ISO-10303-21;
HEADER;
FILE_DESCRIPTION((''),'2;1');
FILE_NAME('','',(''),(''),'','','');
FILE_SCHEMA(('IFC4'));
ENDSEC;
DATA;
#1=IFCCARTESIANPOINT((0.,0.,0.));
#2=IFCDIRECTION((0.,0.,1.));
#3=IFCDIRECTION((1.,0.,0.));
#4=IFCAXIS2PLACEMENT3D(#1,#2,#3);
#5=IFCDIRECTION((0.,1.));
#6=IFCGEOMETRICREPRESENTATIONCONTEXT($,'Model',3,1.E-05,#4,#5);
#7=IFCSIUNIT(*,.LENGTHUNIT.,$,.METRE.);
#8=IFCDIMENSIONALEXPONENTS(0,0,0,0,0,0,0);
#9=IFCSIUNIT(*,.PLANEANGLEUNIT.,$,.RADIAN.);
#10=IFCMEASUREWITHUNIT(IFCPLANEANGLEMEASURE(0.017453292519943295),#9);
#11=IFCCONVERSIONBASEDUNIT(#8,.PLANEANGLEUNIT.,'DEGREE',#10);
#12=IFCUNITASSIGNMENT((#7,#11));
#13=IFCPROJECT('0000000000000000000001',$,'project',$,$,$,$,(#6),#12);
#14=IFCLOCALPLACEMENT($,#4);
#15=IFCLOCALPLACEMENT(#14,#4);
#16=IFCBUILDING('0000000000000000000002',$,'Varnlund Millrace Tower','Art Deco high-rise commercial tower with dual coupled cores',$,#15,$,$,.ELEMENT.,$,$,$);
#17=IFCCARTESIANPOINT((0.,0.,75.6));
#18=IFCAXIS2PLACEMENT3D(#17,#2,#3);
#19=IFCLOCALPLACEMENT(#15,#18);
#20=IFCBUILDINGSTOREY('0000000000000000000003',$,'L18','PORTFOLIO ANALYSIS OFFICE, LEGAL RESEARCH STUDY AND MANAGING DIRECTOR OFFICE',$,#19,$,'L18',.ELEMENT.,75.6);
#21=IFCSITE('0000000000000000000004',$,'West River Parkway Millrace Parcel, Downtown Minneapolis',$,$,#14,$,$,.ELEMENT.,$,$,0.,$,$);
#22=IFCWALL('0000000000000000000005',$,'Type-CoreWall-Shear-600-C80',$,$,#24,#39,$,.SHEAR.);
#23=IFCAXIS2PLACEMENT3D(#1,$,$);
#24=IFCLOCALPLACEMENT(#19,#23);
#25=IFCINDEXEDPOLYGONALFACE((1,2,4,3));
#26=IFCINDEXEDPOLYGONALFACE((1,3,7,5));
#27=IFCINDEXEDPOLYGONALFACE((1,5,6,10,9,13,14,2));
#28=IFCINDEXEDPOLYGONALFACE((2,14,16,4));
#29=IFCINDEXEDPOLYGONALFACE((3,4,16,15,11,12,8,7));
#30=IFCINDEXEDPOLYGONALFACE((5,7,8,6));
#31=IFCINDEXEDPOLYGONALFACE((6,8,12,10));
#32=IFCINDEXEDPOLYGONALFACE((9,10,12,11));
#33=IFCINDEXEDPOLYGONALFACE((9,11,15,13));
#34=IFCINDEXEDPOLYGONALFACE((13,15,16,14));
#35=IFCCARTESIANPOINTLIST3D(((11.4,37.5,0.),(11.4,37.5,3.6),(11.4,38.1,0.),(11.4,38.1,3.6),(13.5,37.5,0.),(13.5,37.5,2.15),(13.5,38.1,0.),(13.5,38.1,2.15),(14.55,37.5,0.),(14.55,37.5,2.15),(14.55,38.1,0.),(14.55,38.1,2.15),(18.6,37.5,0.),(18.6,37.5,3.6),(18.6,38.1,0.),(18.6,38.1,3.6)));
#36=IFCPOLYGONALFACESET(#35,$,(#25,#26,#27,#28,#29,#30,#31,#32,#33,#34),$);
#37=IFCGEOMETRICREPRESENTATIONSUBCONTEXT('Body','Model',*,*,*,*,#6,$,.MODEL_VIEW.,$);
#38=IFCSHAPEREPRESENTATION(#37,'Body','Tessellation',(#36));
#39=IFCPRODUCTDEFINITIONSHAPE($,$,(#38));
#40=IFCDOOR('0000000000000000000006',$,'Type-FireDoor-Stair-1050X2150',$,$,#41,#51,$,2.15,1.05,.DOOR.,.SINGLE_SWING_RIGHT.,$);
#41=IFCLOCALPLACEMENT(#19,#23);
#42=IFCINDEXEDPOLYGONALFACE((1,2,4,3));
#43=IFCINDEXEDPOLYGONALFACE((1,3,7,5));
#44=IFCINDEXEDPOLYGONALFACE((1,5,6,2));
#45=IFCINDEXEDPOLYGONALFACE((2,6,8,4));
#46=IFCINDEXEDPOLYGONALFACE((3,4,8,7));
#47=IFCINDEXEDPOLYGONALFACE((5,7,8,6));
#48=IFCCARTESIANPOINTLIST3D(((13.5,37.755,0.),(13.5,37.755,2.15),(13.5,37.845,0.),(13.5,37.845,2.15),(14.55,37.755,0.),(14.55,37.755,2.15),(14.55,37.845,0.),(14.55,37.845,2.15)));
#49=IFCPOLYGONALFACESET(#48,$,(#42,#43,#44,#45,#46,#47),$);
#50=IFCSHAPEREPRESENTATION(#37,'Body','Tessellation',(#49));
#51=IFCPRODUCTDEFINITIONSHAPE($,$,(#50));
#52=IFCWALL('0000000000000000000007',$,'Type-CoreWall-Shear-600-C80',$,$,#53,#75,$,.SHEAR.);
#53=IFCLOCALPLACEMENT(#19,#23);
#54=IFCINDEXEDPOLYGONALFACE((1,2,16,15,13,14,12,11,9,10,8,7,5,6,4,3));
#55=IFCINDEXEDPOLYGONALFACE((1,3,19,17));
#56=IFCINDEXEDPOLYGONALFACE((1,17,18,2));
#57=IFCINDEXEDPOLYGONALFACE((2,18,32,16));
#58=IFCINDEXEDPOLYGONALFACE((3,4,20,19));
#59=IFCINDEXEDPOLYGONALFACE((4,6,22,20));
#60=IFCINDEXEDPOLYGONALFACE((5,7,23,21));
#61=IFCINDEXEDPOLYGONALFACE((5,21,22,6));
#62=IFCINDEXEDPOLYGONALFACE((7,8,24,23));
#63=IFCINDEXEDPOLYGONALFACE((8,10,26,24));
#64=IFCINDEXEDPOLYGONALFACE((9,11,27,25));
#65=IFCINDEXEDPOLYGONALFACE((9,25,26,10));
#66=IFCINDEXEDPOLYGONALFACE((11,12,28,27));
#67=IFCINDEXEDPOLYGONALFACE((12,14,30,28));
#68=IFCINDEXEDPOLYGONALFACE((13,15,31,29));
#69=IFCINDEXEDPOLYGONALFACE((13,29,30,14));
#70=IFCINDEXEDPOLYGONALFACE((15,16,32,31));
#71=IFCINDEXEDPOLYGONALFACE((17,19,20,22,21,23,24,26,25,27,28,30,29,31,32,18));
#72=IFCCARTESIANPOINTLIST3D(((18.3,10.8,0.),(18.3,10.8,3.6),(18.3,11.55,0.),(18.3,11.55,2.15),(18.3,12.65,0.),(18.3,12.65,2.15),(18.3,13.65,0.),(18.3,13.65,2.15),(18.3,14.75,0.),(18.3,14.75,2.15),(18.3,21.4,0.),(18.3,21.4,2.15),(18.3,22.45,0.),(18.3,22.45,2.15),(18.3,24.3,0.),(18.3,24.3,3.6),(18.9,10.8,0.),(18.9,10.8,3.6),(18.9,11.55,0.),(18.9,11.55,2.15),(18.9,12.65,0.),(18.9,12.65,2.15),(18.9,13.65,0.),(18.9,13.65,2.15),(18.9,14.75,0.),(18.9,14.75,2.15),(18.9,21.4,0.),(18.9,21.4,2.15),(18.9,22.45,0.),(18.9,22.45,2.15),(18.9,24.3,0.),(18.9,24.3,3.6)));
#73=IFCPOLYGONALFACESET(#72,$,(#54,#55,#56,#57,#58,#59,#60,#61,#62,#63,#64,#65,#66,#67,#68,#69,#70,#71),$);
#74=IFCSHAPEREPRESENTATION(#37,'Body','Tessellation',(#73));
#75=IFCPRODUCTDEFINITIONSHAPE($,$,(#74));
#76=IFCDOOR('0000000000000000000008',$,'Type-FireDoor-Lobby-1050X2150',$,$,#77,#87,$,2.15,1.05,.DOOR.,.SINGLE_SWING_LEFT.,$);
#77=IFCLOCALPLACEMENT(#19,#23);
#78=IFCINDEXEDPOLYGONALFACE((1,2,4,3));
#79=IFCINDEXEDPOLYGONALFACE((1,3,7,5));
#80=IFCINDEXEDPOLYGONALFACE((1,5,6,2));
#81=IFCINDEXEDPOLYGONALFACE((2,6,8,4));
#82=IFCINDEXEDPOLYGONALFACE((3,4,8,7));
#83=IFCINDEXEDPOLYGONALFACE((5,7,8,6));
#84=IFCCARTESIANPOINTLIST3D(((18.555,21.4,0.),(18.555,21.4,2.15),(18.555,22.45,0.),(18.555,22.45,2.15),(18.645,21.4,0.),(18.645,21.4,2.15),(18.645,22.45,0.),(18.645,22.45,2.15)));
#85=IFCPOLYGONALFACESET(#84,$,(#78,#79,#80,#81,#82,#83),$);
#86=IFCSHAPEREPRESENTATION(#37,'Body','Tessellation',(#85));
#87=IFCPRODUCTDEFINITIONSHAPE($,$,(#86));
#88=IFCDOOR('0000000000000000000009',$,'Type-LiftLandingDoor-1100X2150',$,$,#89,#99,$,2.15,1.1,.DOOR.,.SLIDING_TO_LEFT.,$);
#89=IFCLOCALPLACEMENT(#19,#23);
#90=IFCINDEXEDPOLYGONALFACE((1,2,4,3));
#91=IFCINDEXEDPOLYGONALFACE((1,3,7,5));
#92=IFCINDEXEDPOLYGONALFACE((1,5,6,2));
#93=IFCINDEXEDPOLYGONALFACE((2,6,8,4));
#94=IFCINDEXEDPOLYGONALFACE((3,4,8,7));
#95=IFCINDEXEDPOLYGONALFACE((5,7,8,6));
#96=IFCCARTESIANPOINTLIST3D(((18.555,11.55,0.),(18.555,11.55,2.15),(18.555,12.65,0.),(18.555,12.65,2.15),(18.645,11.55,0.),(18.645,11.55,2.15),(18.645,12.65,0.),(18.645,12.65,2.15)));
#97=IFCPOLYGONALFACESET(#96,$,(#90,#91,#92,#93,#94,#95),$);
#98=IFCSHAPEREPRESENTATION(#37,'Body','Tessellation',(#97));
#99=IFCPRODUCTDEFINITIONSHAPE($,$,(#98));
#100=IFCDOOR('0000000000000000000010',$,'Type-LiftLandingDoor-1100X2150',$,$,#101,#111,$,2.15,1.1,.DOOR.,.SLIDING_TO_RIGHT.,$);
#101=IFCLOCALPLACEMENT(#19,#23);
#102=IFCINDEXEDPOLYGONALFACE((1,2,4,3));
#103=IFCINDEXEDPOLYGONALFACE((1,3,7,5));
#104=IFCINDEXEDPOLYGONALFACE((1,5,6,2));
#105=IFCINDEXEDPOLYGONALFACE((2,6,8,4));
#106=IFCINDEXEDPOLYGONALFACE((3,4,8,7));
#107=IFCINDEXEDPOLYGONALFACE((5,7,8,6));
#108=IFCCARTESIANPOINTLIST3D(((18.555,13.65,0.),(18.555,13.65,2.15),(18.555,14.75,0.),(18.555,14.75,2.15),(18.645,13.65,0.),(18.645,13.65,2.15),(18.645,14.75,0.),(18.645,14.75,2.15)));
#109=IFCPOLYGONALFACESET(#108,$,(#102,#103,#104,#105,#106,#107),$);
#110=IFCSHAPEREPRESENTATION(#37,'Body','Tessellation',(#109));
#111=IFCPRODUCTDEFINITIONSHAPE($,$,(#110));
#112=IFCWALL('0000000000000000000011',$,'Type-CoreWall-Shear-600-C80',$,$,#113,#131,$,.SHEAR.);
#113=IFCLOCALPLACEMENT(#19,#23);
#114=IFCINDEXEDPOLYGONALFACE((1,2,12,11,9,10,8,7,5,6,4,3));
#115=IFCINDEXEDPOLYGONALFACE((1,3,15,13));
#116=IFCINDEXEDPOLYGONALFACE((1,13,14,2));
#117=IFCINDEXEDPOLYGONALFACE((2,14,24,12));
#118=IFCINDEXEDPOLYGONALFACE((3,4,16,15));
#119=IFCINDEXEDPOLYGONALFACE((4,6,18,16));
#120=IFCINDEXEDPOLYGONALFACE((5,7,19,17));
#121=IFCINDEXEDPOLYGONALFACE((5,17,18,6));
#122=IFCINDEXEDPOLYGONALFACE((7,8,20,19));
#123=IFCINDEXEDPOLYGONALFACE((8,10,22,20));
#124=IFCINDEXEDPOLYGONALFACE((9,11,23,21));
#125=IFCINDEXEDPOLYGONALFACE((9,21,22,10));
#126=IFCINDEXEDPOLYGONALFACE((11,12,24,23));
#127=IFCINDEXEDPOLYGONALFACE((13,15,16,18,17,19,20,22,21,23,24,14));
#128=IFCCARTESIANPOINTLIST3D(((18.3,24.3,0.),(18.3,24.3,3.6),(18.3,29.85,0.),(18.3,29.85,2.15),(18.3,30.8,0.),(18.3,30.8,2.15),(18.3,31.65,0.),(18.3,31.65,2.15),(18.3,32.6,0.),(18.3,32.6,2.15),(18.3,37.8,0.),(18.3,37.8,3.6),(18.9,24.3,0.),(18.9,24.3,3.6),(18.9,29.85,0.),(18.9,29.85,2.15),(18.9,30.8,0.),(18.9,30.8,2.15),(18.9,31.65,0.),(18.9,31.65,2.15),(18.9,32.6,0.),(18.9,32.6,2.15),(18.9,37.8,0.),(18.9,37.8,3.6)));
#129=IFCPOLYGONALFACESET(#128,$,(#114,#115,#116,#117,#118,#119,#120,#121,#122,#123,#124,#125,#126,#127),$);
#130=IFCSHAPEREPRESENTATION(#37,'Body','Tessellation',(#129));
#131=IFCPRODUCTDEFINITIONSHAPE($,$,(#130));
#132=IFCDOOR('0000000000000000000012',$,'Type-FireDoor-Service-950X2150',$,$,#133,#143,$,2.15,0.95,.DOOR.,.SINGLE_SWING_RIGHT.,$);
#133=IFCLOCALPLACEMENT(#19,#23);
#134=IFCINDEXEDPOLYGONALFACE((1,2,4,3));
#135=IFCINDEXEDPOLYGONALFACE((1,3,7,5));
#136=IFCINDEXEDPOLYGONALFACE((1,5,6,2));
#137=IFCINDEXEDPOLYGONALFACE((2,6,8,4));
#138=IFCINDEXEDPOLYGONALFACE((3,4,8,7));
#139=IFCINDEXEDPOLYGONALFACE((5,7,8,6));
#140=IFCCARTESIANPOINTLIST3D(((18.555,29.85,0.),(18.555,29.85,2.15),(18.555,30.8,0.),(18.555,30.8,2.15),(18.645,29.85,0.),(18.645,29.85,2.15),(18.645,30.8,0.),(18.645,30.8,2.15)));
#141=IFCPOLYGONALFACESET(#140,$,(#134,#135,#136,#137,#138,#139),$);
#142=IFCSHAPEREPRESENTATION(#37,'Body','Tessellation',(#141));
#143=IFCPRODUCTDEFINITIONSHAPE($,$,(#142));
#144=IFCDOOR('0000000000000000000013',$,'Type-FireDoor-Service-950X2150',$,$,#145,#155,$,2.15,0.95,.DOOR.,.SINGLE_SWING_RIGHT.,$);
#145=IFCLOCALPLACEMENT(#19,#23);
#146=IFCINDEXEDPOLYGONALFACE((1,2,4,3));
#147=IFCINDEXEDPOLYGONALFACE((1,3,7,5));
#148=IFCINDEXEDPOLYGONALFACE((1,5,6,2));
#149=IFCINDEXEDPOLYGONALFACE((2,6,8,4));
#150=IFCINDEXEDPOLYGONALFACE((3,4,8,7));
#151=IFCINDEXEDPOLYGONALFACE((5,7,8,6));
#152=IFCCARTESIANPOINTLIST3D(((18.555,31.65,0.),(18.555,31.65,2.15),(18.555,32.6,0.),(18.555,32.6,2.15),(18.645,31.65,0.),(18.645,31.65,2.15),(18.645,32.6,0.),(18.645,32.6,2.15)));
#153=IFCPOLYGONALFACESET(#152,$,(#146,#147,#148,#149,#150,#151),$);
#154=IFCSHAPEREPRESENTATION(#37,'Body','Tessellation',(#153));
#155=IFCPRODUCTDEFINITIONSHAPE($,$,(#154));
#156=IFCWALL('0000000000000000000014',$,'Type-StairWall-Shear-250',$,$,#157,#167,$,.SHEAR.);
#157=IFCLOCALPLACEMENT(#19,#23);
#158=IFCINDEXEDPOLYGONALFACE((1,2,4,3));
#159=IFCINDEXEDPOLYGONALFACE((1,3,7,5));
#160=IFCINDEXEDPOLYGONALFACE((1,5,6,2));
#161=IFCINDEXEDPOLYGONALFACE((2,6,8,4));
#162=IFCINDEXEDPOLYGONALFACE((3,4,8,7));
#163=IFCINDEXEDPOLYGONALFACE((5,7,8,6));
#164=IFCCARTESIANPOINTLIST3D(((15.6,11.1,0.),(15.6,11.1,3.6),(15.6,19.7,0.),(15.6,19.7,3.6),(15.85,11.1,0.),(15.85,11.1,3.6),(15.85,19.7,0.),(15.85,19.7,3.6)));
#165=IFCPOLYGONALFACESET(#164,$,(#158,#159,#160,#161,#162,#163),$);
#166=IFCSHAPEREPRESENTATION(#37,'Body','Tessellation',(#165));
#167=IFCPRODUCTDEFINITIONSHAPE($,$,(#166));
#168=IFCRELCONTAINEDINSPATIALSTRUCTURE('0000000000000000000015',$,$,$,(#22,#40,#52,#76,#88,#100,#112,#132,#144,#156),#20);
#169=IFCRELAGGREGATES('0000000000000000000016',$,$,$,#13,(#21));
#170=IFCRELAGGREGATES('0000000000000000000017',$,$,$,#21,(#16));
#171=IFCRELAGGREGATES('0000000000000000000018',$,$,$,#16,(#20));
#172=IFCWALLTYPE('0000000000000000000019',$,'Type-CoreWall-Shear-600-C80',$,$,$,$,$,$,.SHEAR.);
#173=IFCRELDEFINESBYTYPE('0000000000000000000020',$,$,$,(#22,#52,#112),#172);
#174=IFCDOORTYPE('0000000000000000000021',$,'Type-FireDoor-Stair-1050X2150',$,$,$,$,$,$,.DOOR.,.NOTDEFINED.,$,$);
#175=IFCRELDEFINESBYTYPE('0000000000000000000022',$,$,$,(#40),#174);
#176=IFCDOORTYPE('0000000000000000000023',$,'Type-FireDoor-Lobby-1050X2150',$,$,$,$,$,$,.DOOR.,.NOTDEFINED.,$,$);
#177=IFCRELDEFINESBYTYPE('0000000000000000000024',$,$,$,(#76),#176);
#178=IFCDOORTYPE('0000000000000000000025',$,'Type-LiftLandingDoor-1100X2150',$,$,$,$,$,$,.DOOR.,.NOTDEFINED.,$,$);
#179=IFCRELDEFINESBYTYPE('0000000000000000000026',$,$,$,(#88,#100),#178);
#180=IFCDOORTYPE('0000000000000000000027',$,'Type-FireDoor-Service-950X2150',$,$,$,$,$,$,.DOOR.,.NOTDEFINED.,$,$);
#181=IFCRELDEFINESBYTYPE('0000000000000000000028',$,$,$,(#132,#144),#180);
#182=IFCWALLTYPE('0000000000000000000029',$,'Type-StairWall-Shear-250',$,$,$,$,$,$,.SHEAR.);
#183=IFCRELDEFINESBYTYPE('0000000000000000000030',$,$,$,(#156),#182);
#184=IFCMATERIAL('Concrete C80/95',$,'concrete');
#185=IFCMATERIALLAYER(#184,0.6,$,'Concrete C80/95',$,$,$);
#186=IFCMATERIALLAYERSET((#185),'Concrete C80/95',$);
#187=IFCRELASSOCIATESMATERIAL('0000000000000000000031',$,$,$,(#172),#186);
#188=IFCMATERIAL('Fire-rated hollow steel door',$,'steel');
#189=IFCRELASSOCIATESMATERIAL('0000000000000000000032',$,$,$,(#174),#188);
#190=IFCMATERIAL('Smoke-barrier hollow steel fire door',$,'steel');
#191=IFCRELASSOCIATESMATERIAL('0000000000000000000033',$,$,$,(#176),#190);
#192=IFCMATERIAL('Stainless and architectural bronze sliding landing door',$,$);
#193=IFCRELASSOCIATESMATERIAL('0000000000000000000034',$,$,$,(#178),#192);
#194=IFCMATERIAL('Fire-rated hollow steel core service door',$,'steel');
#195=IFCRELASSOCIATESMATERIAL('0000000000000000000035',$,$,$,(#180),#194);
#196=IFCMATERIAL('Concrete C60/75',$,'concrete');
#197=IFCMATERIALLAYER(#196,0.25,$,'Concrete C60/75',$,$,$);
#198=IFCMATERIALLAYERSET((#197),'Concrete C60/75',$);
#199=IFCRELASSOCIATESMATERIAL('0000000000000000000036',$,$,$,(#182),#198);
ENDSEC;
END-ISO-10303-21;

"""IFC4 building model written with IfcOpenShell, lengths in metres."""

from ifc_helpers import new_model, entity, si_unit, converted_unit, direction, frame, origin_with_axes, origin_2d_with_axis, place, context, subcontext, project, spatial, polyline, rectangle, outline, extrude, material, layer, layer_set, type_object, element, fill, save


model = new_model("IFC4")

# Units and contexts
model_context = context("Model", 3, precision=1e-05, world=origin_with_axes(), true_north=direction((0.0, 1.0)))
body_context = subcontext(model_context, "Body", "Model", "MODEL_VIEW")
ifc_project = project(units=[si_unit("LENGTHUNIT", "METRE"), converted_unit("PLANEANGLEUNIT", "DEGREE", entity("IfcPlaneAngleMeasure", 0.017453292519943295), si_unit("PLANEANGLEUNIT", "RADIAN"), dimensions=[0, 0, 0, 0, 0, 0, 0])], contexts=[model_context])

# Site, building, storey
site_placement = place(None, origin_with_axes())
site = spatial("IfcSite", under=ifc_project, at=site_placement, Name="West River Parkway Millrace Parcel, Downtown Minneapolis", CompositionType="ELEMENT", RefElevation=0.0)
building_placement = place(site_placement, origin_with_axes())
building = spatial("IfcBuilding", under=site, at=building_placement, Name="Varnlund Millrace Tower", Description="Art Deco high-rise commercial tower with dual coupled cores", CompositionType="ELEMENT")
storey_placement = place(building_placement, frame((0.0, 0.0, 75.6), z_axis=(0.0, 0.0, 1.0), x_axis=(1.0, 0.0, 0.0)))
storey = spatial("IfcBuildingStorey", under=building, at=storey_placement, Name="L18", Description="PORTFOLIO ANALYSIS OFFICE, LEGAL RESEARCH STUDY AND MANAGING DIRECTOR OFFICE", LongName="L18", CompositionType="ELEMENT", Elevation=75.6)

# Shared definitions
ifc_material_1 = material(Name="Concrete C60/75", Category="concrete")

# Shared definitions
ifc_material_2 = material(Name="Concrete C80/95", Category="concrete")
ifc_layer_1 = layer(ifc_material_2, 0.6, Name="Concrete C80/95")
ifc_layer_set_1 = layer_set([ifc_layer_1], Name="Concrete C80/95")
wall_type_1 = type_object("IfcWallType", Name="Type-CoreWall-Shear-600-C80", PredefinedType="SHEAR", material=ifc_layer_set_1)

# Wall, opening, door
ifc_material_3 = material(Name="Fire-rated hollow steel door", Category="steel")
door_type_1 = type_object("IfcDoorType", Name="Type-FireDoor-Stair-1050X2150", OperationType="NOTDEFINED", PredefinedType="DOOR", material=ifc_material_3)
wall_1_placement = place(storey_placement, frame((11.4, 37.8, 0.0), z_axis=(0.0, 0.0, 1.0), x_axis=(1.0, 0.0, 0.0)))
wall_1 = element("IfcWall", 1, at=wall_1_placement, inside=storey, type_object=wall_type_1, Name="Type-CoreWall-Shear-600-C80", PredefinedType="SHEAR", context=body_context, shape_type="SweptSolid", body=[
    extrude(outline(polyline([(0.0, -0.3), (7.2, -0.3), (7.2, 0.3), (0.0, 0.3), (0.0, -0.3)])), origin_with_axes(), (0.0, 0.0, 1.0), 3.6),
])
opening_1_placement = place(wall_1_placement, frame((2.625, 0.0, 0.0), z_axis=(0.0, 0.0, 1.0), x_axis=(1.0, 0.0, 0.0)))
opening_1 = element("IfcOpeningElement", 2, at=opening_1_placement, cuts=wall_1, PredefinedType="OPENING", context=body_context, shape_type="SweptSolid", body=[
    extrude(rectangle(XDim=1.05, YDim=0.62, at=origin_2d_with_axis()), origin_with_axes(), (0.0, 0.0, 1.0), 2.15),
])
door_1_placement = place(wall_1_placement, frame((2.625, 0.0, 0.0), z_axis=(0.0, 0.0, 1.0), x_axis=(1.0, 0.0, 0.0)))
door_1 = element("IfcDoor", 3, at=door_1_placement, inside=storey, type_object=door_type_1, Name="Type-FireDoor-Stair-1050X2150", OperationType="SINGLE_SWING_RIGHT", OverallHeight=2.15, OverallWidth=1.05, PredefinedType="DOOR", context=body_context, shape_type="SweptSolid", body=[
    extrude(rectangle(XDim=1.05, YDim=0.09, at=origin_2d_with_axis()), origin_with_axes(), (0.0, 0.0, 1.0), 2.15),
])
fill(opening_1, door_1)

# Walls, openings, doors
wall_2_placement = place(storey_placement, frame((18.6, 10.8, 0.0), z_axis=(0.0, 0.0, 1.0), x_axis=(0.0, 1.0, 0.0)))
wall_2 = element("IfcWall", 4, at=wall_2_placement, inside=storey, type_object=wall_type_1, Name="Type-CoreWall-Shear-600-C80", PredefinedType="SHEAR", context=body_context, shape_type="SweptSolid", body=[
    extrude(outline(polyline([(0.0, -0.3), (13.5, -0.3), (13.5, 0.3), (0.0, 0.3), (0.0, -0.3)])), origin_with_axes(), (0.0, 0.0, 1.0), 3.6),
])
opening_2_placement = place(wall_2_placement, frame((1.3, 0.0, 0.0), z_axis=(0.0, 0.0, 1.0), x_axis=(1.0, 0.0, 0.0)))
opening_2 = element("IfcOpeningElement", 5, at=opening_2_placement, cuts=wall_2, PredefinedType="OPENING", context=body_context, shape_type="SweptSolid", body=[
    extrude(rectangle(XDim=1.1, YDim=0.62, at=origin_2d_with_axis()), origin_with_axes(), (0.0, 0.0, 1.0), 2.15),
])
opening_3_placement = place(wall_2_placement, frame((3.4, 0.0, 0.0), z_axis=(0.0, 0.0, 1.0), x_axis=(1.0, 0.0, 0.0)))
opening_3 = element("IfcOpeningElement", 6, at=opening_3_placement, cuts=wall_2, PredefinedType="OPENING", context=body_context, shape_type="SweptSolid", body=[
    extrude(rectangle(XDim=1.1, YDim=0.62, at=origin_2d_with_axis()), origin_with_axes(), (0.0, 0.0, 1.0), 2.15),
])
opening_4_placement = place(wall_2_placement, frame((11.125, 0.0, 0.0), z_axis=(0.0, 0.0, 1.0), x_axis=(1.0, 0.0, 0.0)))
opening_4 = element("IfcOpeningElement", 7, at=opening_4_placement, cuts=wall_2, PredefinedType="OPENING", context=body_context, shape_type="SweptSolid", body=[
    extrude(rectangle(XDim=1.05, YDim=0.62, at=origin_2d_with_axis()), origin_with_axes(), (0.0, 0.0, 1.0), 2.15),
])
ifc_material_4 = material(Name="Smoke-barrier hollow steel fire door", Category="steel")
door_type_2 = type_object("IfcDoorType", Name="Type-FireDoor-Lobby-1050X2150", OperationType="NOTDEFINED", PredefinedType="DOOR", material=ifc_material_4)
door_2_placement = place(wall_2_placement, frame((11.125, 0.0, 0.0), z_axis=(0.0, 0.0, 1.0), x_axis=(1.0, 0.0, 0.0)))
door_2 = element("IfcDoor", 8, at=door_2_placement, inside=storey, type_object=door_type_2, Name="Type-FireDoor-Lobby-1050X2150", OperationType="SINGLE_SWING_LEFT", OverallHeight=2.15, OverallWidth=1.05, PredefinedType="DOOR", context=body_context, shape_type="SweptSolid", body=[
    extrude(rectangle(XDim=1.05, YDim=0.09, at=origin_2d_with_axis()), origin_with_axes(), (0.0, 0.0, 1.0), 2.15),
])
fill(opening_4, door_2)
ifc_material_5 = material(Name="Stainless and architectural bronze sliding landing door")
door_type_3 = type_object("IfcDoorType", Name="Type-LiftLandingDoor-1100X2150", OperationType="NOTDEFINED", PredefinedType="DOOR", material=ifc_material_5)
door_3_placement = place(wall_2_placement, frame((1.3, 0.0, 0.0), z_axis=(0.0, 0.0, 1.0), x_axis=(1.0, 0.0, 0.0)))
door_3 = element("IfcDoor", 9, at=door_3_placement, inside=storey, type_object=door_type_3, Name="Type-LiftLandingDoor-1100X2150", OperationType="SLIDING_TO_LEFT", OverallHeight=2.15, OverallWidth=1.1, PredefinedType="DOOR", context=body_context, shape_type="SweptSolid", body=[
    extrude(rectangle(XDim=1.1, YDim=0.09, at=origin_2d_with_axis()), origin_with_axes(), (0.0, 0.0, 1.0), 2.15),
])
fill(opening_2, door_3)
door_4_placement = place(wall_2_placement, frame((3.4, 0.0, 0.0), z_axis=(0.0, 0.0, 1.0), x_axis=(1.0, 0.0, 0.0)))
door_4 = element("IfcDoor", 10, at=door_4_placement, inside=storey, type_object=door_type_3, Name="Type-LiftLandingDoor-1100X2150", OperationType="SLIDING_TO_RIGHT", OverallHeight=2.15, OverallWidth=1.1, PredefinedType="DOOR", context=body_context, shape_type="SweptSolid", body=[
    extrude(rectangle(XDim=1.1, YDim=0.09, at=origin_2d_with_axis()), origin_with_axes(), (0.0, 0.0, 1.0), 2.15),
])
fill(opening_3, door_4)
wall_3_placement = place(storey_placement, frame((18.6, 24.3, 0.0), z_axis=(0.0, 0.0, 1.0), x_axis=(0.0, 1.0, 0.0)))
wall_3 = element("IfcWall", 11, at=wall_3_placement, inside=storey, type_object=wall_type_1, Name="Type-CoreWall-Shear-600-C80", PredefinedType="SHEAR", context=body_context, shape_type="SweptSolid", body=[
    extrude(outline(polyline([(0.0, -0.3), (13.5, -0.3), (13.5, 0.3), (0.0, 0.3), (0.0, -0.3)])), origin_with_axes(), (0.0, 0.0, 1.0), 3.6),
])
opening_5_placement = place(wall_3_placement, frame((6.025, 0.0, 0.0), z_axis=(0.0, 0.0, 1.0), x_axis=(1.0, 0.0, 0.0)))
opening_5 = element("IfcOpeningElement", 12, at=opening_5_placement, cuts=wall_3, PredefinedType="OPENING", context=body_context, shape_type="SweptSolid", body=[
    extrude(rectangle(XDim=0.95, YDim=0.62, at=origin_2d_with_axis()), origin_with_axes(), (0.0, 0.0, 1.0), 2.15),
])
opening_6_placement = place(wall_3_placement, frame((7.825, 0.0, 0.0), z_axis=(0.0, 0.0, 1.0), x_axis=(1.0, 0.0, 0.0)))
opening_6 = element("IfcOpeningElement", 13, at=opening_6_placement, cuts=wall_3, PredefinedType="OPENING", context=body_context, shape_type="SweptSolid", body=[
    extrude(rectangle(XDim=0.95, YDim=0.62, at=origin_2d_with_axis()), origin_with_axes(), (0.0, 0.0, 1.0), 2.15),
])
ifc_material_6 = material(Name="Fire-rated hollow steel core service door", Category="steel")
door_type_4 = type_object("IfcDoorType", Name="Type-FireDoor-Service-950X2150", OperationType="NOTDEFINED", PredefinedType="DOOR", material=ifc_material_6)
door_5_placement = place(wall_3_placement, frame((6.025, 0.0, 0.0), z_axis=(0.0, 0.0, 1.0), x_axis=(1.0, 0.0, 0.0)))
door_5 = element("IfcDoor", 14, at=door_5_placement, inside=storey, type_object=door_type_4, Name="Type-FireDoor-Service-950X2150", OperationType="SINGLE_SWING_RIGHT", OverallHeight=2.15, OverallWidth=0.95, PredefinedType="DOOR", context=body_context, shape_type="SweptSolid", body=[
    extrude(rectangle(XDim=0.95, YDim=0.09, at=origin_2d_with_axis()), origin_with_axes(), (0.0, 0.0, 1.0), 2.15),
])
fill(opening_5, door_5)
door_6_placement = place(wall_3_placement, frame((7.825, 0.0, 0.0), z_axis=(0.0, 0.0, 1.0), x_axis=(1.0, 0.0, 0.0)))
door_6 = element("IfcDoor", 15, at=door_6_placement, inside=storey, type_object=door_type_4, Name="Type-FireDoor-Service-950X2150", OperationType="SINGLE_SWING_RIGHT", OverallHeight=2.15, OverallWidth=0.95, PredefinedType="DOOR", context=body_context, shape_type="SweptSolid", body=[
    extrude(rectangle(XDim=0.95, YDim=0.09, at=origin_2d_with_axis()), origin_with_axes(), (0.0, 0.0, 1.0), 2.15),
])
fill(opening_6, door_6)

# Wall
ifc_layer_2 = layer(ifc_material_1, 0.25, Name="Concrete C60/75")
ifc_layer_set_2 = layer_set([ifc_layer_2], Name="Concrete C60/75")
wall_type_2 = type_object("IfcWallType", Name="Type-StairWall-Shear-250", PredefinedType="SHEAR", material=ifc_layer_set_2)
wall_4_placement = place(storey_placement, frame((15.725, 11.1, 0.0), z_axis=(0.0, 0.0, 1.0), x_axis=(0.0, 1.0, 0.0)))
element("IfcWall", 16, at=wall_4_placement, inside=storey, type_object=wall_type_2, Name="Type-StairWall-Shear-250", PredefinedType="SHEAR", context=body_context, shape_type="SweptSolid", body=[
    extrude(outline(polyline([(0.0, -0.125), (8.6, -0.125), (8.6, 0.125), (0.0, 0.125), (0.0, -0.125)])), origin_with_axes(), (0.0, 0.0, 1.0), 3.6),
])

save(model, "model.ifc")
